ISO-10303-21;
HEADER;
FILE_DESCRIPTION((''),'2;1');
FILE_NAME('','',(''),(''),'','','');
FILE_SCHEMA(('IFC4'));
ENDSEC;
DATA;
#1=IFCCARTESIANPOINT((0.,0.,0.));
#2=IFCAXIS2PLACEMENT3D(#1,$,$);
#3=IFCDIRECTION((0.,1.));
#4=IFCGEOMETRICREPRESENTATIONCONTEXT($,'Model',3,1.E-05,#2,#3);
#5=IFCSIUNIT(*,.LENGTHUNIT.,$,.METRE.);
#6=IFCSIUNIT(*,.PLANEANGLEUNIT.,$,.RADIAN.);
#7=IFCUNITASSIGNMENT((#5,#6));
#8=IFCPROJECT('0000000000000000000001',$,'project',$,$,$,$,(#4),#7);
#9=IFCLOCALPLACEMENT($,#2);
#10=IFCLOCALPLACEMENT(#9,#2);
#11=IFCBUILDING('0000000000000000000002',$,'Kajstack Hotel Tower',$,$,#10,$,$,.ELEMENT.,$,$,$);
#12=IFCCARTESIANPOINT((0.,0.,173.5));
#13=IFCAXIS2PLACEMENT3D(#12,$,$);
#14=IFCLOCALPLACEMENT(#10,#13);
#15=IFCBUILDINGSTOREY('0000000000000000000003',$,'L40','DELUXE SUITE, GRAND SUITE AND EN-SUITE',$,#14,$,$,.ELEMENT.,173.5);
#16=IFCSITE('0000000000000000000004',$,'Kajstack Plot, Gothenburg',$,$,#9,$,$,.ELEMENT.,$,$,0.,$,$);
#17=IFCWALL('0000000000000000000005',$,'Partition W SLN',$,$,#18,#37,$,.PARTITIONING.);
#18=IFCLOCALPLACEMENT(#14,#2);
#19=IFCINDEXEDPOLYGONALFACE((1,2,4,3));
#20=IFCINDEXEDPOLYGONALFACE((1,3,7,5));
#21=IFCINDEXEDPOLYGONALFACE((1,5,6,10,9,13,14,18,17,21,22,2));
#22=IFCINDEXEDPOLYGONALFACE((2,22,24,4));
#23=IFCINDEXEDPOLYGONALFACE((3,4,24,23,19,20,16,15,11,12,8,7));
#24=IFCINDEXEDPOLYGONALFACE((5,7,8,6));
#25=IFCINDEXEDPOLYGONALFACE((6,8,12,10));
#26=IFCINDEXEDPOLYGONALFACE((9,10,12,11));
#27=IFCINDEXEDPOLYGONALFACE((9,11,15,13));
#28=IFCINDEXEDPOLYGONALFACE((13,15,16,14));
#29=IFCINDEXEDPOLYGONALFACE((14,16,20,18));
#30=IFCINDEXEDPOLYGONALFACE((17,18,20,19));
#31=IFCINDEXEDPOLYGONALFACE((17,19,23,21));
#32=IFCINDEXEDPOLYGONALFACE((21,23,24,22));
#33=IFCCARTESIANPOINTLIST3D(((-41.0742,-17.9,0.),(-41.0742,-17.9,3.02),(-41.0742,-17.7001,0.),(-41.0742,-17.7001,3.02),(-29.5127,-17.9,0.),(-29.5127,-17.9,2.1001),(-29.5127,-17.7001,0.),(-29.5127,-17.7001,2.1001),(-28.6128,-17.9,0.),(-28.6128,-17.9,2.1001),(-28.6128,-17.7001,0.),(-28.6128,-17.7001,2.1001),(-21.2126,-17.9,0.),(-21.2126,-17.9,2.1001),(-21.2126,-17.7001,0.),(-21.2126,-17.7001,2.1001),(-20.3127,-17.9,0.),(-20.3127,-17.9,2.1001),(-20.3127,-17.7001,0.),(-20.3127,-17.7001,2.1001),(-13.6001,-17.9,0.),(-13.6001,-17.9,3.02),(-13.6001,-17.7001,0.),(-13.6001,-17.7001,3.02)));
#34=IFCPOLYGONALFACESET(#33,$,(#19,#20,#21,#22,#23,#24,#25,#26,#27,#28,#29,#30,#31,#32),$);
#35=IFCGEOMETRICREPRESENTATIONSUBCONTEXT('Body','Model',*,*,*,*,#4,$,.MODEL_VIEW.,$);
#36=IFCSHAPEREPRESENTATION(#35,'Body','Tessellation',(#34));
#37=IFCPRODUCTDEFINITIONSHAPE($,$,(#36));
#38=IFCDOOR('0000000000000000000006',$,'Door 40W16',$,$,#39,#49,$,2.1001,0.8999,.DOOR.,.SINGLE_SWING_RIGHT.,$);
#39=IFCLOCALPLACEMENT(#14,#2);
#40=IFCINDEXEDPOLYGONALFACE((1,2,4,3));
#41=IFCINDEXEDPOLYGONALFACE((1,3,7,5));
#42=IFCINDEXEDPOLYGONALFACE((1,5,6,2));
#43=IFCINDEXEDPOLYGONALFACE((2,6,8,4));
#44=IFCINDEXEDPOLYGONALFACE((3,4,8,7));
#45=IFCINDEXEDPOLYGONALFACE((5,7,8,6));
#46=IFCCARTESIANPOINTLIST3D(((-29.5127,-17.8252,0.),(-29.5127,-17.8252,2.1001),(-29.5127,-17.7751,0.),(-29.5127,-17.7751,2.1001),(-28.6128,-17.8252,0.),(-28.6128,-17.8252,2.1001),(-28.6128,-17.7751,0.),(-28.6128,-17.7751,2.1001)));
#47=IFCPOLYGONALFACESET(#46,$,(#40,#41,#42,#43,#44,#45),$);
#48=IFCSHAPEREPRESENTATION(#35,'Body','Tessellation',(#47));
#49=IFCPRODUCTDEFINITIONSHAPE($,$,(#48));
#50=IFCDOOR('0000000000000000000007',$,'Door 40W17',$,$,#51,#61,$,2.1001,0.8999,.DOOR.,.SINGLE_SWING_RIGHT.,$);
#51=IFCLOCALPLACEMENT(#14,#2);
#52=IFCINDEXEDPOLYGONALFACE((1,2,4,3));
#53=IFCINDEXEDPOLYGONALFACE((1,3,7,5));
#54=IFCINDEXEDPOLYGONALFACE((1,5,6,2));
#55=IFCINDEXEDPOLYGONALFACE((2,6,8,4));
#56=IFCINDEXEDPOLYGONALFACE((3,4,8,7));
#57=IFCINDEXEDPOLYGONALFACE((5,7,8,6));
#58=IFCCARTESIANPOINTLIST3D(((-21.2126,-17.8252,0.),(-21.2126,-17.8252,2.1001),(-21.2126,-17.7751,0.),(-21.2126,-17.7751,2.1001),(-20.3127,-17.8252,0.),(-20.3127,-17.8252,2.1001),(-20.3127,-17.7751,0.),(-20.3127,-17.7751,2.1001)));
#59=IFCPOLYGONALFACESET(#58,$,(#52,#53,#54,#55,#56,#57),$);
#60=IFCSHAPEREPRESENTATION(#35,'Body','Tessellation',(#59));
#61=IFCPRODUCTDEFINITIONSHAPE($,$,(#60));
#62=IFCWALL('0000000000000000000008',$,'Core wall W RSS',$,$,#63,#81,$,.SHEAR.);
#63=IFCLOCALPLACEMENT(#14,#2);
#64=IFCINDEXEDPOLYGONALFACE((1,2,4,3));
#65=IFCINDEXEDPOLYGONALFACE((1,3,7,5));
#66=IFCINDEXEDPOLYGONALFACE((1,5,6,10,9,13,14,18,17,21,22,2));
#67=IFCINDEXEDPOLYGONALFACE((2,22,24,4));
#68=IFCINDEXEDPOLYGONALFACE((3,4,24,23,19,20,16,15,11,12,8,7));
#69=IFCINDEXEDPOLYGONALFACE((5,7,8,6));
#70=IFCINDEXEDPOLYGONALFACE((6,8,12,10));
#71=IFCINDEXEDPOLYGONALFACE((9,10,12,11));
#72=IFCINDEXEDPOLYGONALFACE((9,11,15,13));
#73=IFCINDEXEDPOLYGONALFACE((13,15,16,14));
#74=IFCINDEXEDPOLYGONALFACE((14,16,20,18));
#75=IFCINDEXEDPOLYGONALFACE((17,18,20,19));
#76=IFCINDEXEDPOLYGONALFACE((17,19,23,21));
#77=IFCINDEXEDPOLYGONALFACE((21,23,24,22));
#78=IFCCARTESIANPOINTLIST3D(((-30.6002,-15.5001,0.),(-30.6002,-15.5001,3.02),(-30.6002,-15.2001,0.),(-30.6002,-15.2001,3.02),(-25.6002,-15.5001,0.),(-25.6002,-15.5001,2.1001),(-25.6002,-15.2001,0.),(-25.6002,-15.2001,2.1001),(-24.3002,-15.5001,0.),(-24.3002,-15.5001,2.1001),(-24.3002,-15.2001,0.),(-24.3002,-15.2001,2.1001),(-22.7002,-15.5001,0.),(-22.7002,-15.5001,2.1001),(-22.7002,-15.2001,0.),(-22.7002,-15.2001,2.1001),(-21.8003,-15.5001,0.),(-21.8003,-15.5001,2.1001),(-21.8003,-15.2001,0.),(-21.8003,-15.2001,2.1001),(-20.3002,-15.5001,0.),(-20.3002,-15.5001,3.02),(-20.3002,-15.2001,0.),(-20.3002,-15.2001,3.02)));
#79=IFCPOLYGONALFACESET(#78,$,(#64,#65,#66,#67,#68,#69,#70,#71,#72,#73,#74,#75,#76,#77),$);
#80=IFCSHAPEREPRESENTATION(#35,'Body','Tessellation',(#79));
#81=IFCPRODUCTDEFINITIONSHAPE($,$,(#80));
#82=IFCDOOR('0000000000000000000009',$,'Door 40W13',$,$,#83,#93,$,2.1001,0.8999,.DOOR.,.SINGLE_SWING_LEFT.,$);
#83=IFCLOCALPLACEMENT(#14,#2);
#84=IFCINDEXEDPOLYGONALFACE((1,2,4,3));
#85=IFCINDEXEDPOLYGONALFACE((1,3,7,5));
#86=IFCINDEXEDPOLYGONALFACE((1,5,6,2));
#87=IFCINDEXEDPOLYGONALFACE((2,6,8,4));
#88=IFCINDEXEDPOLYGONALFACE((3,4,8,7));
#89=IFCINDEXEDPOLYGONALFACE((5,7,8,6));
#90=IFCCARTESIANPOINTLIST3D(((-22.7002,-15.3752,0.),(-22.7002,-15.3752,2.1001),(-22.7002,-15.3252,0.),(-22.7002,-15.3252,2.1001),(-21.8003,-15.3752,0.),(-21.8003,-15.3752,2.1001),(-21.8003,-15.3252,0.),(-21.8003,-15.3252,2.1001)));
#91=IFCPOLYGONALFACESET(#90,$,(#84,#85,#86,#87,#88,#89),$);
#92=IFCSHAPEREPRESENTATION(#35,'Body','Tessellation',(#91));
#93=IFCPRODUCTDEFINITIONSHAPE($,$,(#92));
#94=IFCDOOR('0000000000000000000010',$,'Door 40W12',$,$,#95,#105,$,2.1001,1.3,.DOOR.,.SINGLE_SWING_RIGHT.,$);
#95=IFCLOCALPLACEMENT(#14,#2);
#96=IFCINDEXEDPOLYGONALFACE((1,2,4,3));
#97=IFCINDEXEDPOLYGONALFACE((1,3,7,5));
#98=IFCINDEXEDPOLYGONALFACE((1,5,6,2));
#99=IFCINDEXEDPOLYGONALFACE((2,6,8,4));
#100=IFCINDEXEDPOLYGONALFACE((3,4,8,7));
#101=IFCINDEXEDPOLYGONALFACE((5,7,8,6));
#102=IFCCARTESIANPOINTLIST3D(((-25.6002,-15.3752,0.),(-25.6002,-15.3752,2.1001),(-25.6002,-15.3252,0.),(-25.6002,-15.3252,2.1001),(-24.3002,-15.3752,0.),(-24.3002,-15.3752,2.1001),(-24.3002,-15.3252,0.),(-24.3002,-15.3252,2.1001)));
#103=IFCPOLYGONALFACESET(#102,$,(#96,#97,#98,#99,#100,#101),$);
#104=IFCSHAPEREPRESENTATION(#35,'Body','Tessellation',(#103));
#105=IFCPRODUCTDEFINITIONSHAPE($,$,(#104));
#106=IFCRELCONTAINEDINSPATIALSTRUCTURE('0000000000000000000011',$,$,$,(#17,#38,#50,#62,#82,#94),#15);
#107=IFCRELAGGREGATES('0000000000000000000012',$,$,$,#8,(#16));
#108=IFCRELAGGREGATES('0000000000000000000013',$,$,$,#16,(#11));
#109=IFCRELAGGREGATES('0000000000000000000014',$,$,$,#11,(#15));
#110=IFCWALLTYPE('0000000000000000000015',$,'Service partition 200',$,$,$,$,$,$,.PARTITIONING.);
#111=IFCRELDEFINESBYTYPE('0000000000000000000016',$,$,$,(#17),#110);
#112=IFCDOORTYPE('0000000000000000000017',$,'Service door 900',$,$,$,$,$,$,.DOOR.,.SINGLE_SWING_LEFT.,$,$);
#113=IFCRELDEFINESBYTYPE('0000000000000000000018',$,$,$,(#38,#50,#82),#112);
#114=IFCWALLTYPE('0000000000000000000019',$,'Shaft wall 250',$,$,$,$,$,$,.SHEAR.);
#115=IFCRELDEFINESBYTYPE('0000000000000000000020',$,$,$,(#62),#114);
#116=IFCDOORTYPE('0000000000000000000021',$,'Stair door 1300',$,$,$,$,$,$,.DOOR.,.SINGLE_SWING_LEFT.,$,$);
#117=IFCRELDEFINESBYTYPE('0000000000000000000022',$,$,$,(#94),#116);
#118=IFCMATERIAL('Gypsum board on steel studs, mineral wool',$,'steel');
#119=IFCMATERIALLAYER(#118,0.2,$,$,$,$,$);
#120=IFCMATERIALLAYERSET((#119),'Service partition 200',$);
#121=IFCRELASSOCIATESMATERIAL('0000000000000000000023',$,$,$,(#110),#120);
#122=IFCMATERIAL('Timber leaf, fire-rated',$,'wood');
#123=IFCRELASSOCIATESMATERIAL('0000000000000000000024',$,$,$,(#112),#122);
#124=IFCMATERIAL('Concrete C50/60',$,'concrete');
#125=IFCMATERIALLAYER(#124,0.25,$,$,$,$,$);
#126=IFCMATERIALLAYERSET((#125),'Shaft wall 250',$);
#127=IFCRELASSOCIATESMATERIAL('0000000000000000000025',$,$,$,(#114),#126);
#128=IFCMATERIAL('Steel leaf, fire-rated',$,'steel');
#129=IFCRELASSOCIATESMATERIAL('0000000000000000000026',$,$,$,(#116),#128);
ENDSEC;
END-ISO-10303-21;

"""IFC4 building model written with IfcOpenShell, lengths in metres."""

from ifc_helpers import new_model, si_unit, direction, frame, frame_2d, origin, place, context, subcontext, project, spatial, rectangle, extrude, material, layer, layer_set, type_object, element, fill, save


model = new_model("IFC4")

# Units and contexts
model_context = context("Model", 3, precision=1e-05, world=origin(), true_north=direction((0.0, 1.0)))
body_context = subcontext(model_context, "Body", "Model", "MODEL_VIEW")
ifc_project = project(units=[si_unit("LENGTHUNIT", "METRE"), si_unit("PLANEANGLEUNIT", "RADIAN")], contexts=[model_context])

# Site, building, storey
site_placement = place(None, origin())
site = spatial("IfcSite", under=ifc_project, at=site_placement, Name="Kajstack Plot, Gothenburg", CompositionType="ELEMENT", RefElevation=0.0)
building_placement = place(site_placement, origin())
building = spatial("IfcBuilding", under=site, at=building_placement, Name="Kajstack Hotel Tower", CompositionType="ELEMENT")
storey_placement = place(building_placement, frame((0.0, 0.0, 173.5)))
storey = spatial("IfcBuildingStorey", under=building, at=storey_placement, Name="L40", Description="DELUXE SUITE, GRAND SUITE AND EN-SUITE", CompositionType="ELEMENT", Elevation=173.5)

# Shared definitions
ifc_material_1 = material(Name="Gypsum board on steel studs, mineral wool", Category="steel")
ifc_layer_1 = layer(ifc_material_1, 0.2)
ifc_layer_set_1 = layer_set([ifc_layer_1], Name="Service partition 200")
wall_type_1 = type_object("IfcWallType", Name="Service partition 200", PredefinedType="PARTITIONING", material=ifc_layer_set_1)
ifc_material_2 = material(Name="Timber leaf, fire-rated", Category="wood")
door_type_1 = type_object("IfcDoorType", Name="Service door 900", OperationType="SINGLE_SWING_LEFT", PredefinedType="DOOR", material=ifc_material_2)

# Walls, openings, doors
wall_1_placement = place(storey_placement, frame((-41.0742, -17.8, 0.0), z_axis=(0.0, 0.0, 1.0), x_axis=(1.0, 0.0, 0.0)))
wall_1 = element("IfcWall", 1, at=wall_1_placement, inside=storey, type_object=wall_type_1, Name="Partition W SLN", PredefinedType="PARTITIONING", context=body_context, shape_type="SweptSolid", body=[
    extrude(rectangle(XDim=27.4741, YDim=0.2, at=frame_2d((13.7371, 0.0))), origin(), (0.0, 0.0, 1.0), 3.02),
])
opening_1_placement = place(wall_1_placement, frame((11.5615, 0.0, 0.0)))
opening_1 = element("IfcOpeningElement", 2, at=opening_1_placement, cuts=wall_1, PredefinedType="OPENING", context=body_context, shape_type="SweptSolid", body=[
    extrude(rectangle(XDim=0.8999, YDim=2.1001, at=frame_2d((0.45, 1.05))), frame((0.0, 0.1099, 0.0), z_axis=(0.0, -1.0, 0.0), x_axis=(1.0, 0.0, 0.0)), (0.0, 0.0, 1.0), 0.22),
])
opening_2_placement = place(wall_1_placement, frame((19.8616, 0.0, 0.0)))
opening_2 = element("IfcOpeningElement", 3, at=opening_2_placement, cuts=wall_1, PredefinedType="OPENING", context=body_context, shape_type="SweptSolid", body=[
    extrude(rectangle(XDim=0.8999, YDim=2.1001, at=frame_2d((0.45, 1.05))), frame((0.0, 0.1099, 0.0), z_axis=(0.0, -1.0, 0.0), x_axis=(1.0, 0.0, 0.0)), (0.0, 0.0, 1.0), 0.22),
])
door_1_placement = place(opening_1_placement, origin())
door_1 = element("IfcDoor", 4, at=door_1_placement, inside=storey, type_object=door_type_1, Name="Door 40W16", OperationType="SINGLE_SWING_RIGHT", OverallHeight=2.1001, OverallWidth=0.8999, PredefinedType="DOOR", context=body_context, shape_type="SweptSolid", body=[
    extrude(rectangle(XDim=0.8999, YDim=2.1001, at=frame_2d((0.45, 1.05))), frame((0.0, 0.0249, 0.0), z_axis=(0.0, -1.0, 0.0), x_axis=(1.0, 0.0, 0.0)), (0.0, 0.0, 1.0), 0.05),
])
fill(opening_1, door_1)
door_2_placement = place(opening_2_placement, origin())
door_2 = element("IfcDoor", 5, at=door_2_placement, inside=storey, type_object=door_type_1, Name="Door 40W17", OperationType="SINGLE_SWING_RIGHT", OverallHeight=2.1001, OverallWidth=0.8999, PredefinedType="DOOR", context=body_context, shape_type="SweptSolid", body=[
    extrude(rectangle(XDim=0.8999, YDim=2.1001, at=frame_2d((0.45, 1.05))), frame((0.0, 0.0249, 0.0), z_axis=(0.0, -1.0, 0.0), x_axis=(1.0, 0.0, 0.0)), (0.0, 0.0, 1.0), 0.05),
])
fill(opening_2, door_2)
ifc_material_3 = material(Name="Concrete C50/60", Category="concrete")
ifc_layer_2 = layer(ifc_material_3, 0.25)
ifc_layer_set_2 = layer_set([ifc_layer_2], Name="Shaft wall 250")
wall_type_2 = type_object("IfcWallType", Name="Shaft wall 250", PredefinedType="SHEAR", material=ifc_layer_set_2)
wall_2_placement = place(storey_placement, frame((-30.6001, -15.3501, 0.0), z_axis=(0.0, 0.0, 1.0), x_axis=(1.0, 0.0, 0.0)))
wall_2 = element("IfcWall", 6, at=wall_2_placement, inside=storey, type_object=wall_type_2, Name="Core wall W RSS", PredefinedType="SHEAR", context=body_context, shape_type="SweptSolid", body=[
    extrude(rectangle(XDim=10.3, YDim=0.3, at=frame_2d((5.1499, 0.0))), origin(), (0.0, 0.0, 1.0), 3.02),
])
opening_3_placement = place(wall_2_placement, frame((5.0, 0.0, 0.0)))
opening_3 = element("IfcOpeningElement", 7, at=opening_3_placement, cuts=wall_2, PredefinedType="OPENING", context=body_context, shape_type="SweptSolid", body=[
    extrude(rectangle(XDim=1.3, YDim=2.1001, at=frame_2d((0.6499, 1.05))), frame((0.0, 0.1599, 0.0), z_axis=(0.0, -1.0, 0.0), x_axis=(1.0, 0.0, 0.0)), (0.0, 0.0, 1.0), 0.3201),
])
opening_4_placement = place(wall_2_placement, frame((7.8999, 0.0, 0.0)))
opening_4 = element("IfcOpeningElement", 8, at=opening_4_placement, cuts=wall_2, PredefinedType="OPENING", context=body_context, shape_type="SweptSolid", body=[
    extrude(rectangle(XDim=0.8999, YDim=2.1001, at=frame_2d((0.45, 1.05))), frame((0.0, 0.1599, 0.0), z_axis=(0.0, -1.0, 0.0), x_axis=(1.0, 0.0, 0.0)), (0.0, 0.0, 1.0), 0.3201),
])
door_3_placement = place(opening_4_placement, origin())
door_3 = element("IfcDoor", 9, at=door_3_placement, inside=storey, type_object=door_type_1, Name="Door 40W13", OperationType="SINGLE_SWING_LEFT", OverallHeight=2.1001, OverallWidth=0.8999, PredefinedType="DOOR", context=body_context, shape_type="SweptSolid", body=[
    extrude(rectangle(XDim=0.8999, YDim=2.1001, at=frame_2d((0.45, 1.05))), frame((0.0, 0.0249, 0.0), z_axis=(0.0, -1.0, 0.0), x_axis=(1.0, 0.0, 0.0)), (0.0, 0.0, 1.0), 0.05),
])
fill(opening_4, door_3)
ifc_material_4 = material(Name="Steel leaf, fire-rated", Category="steel")
door_type_2 = type_object("IfcDoorType", Name="Stair door 1300", OperationType="SINGLE_SWING_LEFT", PredefinedType="DOOR", material=ifc_material_4)
door_4_placement = place(opening_3_placement, origin())
door_4 = element("IfcDoor", 10, at=door_4_placement, inside=storey, type_object=door_type_2, Name="Door 40W12", OperationType="SINGLE_SWING_RIGHT", OverallHeight=2.1001, OverallWidth=1.3, PredefinedType="DOOR", context=body_context, shape_type="SweptSolid", body=[
    extrude(rectangle(XDim=1.3, YDim=2.1001, at=frame_2d((0.6499, 1.05))), frame((0.0, 0.0249, 0.0), z_axis=(0.0, -1.0, 0.0), x_axis=(1.0, 0.0, 0.0)), (0.0, 0.0, 1.0), 0.05),
])
fill(opening_3, door_4)

save(model, "model.ifc")
